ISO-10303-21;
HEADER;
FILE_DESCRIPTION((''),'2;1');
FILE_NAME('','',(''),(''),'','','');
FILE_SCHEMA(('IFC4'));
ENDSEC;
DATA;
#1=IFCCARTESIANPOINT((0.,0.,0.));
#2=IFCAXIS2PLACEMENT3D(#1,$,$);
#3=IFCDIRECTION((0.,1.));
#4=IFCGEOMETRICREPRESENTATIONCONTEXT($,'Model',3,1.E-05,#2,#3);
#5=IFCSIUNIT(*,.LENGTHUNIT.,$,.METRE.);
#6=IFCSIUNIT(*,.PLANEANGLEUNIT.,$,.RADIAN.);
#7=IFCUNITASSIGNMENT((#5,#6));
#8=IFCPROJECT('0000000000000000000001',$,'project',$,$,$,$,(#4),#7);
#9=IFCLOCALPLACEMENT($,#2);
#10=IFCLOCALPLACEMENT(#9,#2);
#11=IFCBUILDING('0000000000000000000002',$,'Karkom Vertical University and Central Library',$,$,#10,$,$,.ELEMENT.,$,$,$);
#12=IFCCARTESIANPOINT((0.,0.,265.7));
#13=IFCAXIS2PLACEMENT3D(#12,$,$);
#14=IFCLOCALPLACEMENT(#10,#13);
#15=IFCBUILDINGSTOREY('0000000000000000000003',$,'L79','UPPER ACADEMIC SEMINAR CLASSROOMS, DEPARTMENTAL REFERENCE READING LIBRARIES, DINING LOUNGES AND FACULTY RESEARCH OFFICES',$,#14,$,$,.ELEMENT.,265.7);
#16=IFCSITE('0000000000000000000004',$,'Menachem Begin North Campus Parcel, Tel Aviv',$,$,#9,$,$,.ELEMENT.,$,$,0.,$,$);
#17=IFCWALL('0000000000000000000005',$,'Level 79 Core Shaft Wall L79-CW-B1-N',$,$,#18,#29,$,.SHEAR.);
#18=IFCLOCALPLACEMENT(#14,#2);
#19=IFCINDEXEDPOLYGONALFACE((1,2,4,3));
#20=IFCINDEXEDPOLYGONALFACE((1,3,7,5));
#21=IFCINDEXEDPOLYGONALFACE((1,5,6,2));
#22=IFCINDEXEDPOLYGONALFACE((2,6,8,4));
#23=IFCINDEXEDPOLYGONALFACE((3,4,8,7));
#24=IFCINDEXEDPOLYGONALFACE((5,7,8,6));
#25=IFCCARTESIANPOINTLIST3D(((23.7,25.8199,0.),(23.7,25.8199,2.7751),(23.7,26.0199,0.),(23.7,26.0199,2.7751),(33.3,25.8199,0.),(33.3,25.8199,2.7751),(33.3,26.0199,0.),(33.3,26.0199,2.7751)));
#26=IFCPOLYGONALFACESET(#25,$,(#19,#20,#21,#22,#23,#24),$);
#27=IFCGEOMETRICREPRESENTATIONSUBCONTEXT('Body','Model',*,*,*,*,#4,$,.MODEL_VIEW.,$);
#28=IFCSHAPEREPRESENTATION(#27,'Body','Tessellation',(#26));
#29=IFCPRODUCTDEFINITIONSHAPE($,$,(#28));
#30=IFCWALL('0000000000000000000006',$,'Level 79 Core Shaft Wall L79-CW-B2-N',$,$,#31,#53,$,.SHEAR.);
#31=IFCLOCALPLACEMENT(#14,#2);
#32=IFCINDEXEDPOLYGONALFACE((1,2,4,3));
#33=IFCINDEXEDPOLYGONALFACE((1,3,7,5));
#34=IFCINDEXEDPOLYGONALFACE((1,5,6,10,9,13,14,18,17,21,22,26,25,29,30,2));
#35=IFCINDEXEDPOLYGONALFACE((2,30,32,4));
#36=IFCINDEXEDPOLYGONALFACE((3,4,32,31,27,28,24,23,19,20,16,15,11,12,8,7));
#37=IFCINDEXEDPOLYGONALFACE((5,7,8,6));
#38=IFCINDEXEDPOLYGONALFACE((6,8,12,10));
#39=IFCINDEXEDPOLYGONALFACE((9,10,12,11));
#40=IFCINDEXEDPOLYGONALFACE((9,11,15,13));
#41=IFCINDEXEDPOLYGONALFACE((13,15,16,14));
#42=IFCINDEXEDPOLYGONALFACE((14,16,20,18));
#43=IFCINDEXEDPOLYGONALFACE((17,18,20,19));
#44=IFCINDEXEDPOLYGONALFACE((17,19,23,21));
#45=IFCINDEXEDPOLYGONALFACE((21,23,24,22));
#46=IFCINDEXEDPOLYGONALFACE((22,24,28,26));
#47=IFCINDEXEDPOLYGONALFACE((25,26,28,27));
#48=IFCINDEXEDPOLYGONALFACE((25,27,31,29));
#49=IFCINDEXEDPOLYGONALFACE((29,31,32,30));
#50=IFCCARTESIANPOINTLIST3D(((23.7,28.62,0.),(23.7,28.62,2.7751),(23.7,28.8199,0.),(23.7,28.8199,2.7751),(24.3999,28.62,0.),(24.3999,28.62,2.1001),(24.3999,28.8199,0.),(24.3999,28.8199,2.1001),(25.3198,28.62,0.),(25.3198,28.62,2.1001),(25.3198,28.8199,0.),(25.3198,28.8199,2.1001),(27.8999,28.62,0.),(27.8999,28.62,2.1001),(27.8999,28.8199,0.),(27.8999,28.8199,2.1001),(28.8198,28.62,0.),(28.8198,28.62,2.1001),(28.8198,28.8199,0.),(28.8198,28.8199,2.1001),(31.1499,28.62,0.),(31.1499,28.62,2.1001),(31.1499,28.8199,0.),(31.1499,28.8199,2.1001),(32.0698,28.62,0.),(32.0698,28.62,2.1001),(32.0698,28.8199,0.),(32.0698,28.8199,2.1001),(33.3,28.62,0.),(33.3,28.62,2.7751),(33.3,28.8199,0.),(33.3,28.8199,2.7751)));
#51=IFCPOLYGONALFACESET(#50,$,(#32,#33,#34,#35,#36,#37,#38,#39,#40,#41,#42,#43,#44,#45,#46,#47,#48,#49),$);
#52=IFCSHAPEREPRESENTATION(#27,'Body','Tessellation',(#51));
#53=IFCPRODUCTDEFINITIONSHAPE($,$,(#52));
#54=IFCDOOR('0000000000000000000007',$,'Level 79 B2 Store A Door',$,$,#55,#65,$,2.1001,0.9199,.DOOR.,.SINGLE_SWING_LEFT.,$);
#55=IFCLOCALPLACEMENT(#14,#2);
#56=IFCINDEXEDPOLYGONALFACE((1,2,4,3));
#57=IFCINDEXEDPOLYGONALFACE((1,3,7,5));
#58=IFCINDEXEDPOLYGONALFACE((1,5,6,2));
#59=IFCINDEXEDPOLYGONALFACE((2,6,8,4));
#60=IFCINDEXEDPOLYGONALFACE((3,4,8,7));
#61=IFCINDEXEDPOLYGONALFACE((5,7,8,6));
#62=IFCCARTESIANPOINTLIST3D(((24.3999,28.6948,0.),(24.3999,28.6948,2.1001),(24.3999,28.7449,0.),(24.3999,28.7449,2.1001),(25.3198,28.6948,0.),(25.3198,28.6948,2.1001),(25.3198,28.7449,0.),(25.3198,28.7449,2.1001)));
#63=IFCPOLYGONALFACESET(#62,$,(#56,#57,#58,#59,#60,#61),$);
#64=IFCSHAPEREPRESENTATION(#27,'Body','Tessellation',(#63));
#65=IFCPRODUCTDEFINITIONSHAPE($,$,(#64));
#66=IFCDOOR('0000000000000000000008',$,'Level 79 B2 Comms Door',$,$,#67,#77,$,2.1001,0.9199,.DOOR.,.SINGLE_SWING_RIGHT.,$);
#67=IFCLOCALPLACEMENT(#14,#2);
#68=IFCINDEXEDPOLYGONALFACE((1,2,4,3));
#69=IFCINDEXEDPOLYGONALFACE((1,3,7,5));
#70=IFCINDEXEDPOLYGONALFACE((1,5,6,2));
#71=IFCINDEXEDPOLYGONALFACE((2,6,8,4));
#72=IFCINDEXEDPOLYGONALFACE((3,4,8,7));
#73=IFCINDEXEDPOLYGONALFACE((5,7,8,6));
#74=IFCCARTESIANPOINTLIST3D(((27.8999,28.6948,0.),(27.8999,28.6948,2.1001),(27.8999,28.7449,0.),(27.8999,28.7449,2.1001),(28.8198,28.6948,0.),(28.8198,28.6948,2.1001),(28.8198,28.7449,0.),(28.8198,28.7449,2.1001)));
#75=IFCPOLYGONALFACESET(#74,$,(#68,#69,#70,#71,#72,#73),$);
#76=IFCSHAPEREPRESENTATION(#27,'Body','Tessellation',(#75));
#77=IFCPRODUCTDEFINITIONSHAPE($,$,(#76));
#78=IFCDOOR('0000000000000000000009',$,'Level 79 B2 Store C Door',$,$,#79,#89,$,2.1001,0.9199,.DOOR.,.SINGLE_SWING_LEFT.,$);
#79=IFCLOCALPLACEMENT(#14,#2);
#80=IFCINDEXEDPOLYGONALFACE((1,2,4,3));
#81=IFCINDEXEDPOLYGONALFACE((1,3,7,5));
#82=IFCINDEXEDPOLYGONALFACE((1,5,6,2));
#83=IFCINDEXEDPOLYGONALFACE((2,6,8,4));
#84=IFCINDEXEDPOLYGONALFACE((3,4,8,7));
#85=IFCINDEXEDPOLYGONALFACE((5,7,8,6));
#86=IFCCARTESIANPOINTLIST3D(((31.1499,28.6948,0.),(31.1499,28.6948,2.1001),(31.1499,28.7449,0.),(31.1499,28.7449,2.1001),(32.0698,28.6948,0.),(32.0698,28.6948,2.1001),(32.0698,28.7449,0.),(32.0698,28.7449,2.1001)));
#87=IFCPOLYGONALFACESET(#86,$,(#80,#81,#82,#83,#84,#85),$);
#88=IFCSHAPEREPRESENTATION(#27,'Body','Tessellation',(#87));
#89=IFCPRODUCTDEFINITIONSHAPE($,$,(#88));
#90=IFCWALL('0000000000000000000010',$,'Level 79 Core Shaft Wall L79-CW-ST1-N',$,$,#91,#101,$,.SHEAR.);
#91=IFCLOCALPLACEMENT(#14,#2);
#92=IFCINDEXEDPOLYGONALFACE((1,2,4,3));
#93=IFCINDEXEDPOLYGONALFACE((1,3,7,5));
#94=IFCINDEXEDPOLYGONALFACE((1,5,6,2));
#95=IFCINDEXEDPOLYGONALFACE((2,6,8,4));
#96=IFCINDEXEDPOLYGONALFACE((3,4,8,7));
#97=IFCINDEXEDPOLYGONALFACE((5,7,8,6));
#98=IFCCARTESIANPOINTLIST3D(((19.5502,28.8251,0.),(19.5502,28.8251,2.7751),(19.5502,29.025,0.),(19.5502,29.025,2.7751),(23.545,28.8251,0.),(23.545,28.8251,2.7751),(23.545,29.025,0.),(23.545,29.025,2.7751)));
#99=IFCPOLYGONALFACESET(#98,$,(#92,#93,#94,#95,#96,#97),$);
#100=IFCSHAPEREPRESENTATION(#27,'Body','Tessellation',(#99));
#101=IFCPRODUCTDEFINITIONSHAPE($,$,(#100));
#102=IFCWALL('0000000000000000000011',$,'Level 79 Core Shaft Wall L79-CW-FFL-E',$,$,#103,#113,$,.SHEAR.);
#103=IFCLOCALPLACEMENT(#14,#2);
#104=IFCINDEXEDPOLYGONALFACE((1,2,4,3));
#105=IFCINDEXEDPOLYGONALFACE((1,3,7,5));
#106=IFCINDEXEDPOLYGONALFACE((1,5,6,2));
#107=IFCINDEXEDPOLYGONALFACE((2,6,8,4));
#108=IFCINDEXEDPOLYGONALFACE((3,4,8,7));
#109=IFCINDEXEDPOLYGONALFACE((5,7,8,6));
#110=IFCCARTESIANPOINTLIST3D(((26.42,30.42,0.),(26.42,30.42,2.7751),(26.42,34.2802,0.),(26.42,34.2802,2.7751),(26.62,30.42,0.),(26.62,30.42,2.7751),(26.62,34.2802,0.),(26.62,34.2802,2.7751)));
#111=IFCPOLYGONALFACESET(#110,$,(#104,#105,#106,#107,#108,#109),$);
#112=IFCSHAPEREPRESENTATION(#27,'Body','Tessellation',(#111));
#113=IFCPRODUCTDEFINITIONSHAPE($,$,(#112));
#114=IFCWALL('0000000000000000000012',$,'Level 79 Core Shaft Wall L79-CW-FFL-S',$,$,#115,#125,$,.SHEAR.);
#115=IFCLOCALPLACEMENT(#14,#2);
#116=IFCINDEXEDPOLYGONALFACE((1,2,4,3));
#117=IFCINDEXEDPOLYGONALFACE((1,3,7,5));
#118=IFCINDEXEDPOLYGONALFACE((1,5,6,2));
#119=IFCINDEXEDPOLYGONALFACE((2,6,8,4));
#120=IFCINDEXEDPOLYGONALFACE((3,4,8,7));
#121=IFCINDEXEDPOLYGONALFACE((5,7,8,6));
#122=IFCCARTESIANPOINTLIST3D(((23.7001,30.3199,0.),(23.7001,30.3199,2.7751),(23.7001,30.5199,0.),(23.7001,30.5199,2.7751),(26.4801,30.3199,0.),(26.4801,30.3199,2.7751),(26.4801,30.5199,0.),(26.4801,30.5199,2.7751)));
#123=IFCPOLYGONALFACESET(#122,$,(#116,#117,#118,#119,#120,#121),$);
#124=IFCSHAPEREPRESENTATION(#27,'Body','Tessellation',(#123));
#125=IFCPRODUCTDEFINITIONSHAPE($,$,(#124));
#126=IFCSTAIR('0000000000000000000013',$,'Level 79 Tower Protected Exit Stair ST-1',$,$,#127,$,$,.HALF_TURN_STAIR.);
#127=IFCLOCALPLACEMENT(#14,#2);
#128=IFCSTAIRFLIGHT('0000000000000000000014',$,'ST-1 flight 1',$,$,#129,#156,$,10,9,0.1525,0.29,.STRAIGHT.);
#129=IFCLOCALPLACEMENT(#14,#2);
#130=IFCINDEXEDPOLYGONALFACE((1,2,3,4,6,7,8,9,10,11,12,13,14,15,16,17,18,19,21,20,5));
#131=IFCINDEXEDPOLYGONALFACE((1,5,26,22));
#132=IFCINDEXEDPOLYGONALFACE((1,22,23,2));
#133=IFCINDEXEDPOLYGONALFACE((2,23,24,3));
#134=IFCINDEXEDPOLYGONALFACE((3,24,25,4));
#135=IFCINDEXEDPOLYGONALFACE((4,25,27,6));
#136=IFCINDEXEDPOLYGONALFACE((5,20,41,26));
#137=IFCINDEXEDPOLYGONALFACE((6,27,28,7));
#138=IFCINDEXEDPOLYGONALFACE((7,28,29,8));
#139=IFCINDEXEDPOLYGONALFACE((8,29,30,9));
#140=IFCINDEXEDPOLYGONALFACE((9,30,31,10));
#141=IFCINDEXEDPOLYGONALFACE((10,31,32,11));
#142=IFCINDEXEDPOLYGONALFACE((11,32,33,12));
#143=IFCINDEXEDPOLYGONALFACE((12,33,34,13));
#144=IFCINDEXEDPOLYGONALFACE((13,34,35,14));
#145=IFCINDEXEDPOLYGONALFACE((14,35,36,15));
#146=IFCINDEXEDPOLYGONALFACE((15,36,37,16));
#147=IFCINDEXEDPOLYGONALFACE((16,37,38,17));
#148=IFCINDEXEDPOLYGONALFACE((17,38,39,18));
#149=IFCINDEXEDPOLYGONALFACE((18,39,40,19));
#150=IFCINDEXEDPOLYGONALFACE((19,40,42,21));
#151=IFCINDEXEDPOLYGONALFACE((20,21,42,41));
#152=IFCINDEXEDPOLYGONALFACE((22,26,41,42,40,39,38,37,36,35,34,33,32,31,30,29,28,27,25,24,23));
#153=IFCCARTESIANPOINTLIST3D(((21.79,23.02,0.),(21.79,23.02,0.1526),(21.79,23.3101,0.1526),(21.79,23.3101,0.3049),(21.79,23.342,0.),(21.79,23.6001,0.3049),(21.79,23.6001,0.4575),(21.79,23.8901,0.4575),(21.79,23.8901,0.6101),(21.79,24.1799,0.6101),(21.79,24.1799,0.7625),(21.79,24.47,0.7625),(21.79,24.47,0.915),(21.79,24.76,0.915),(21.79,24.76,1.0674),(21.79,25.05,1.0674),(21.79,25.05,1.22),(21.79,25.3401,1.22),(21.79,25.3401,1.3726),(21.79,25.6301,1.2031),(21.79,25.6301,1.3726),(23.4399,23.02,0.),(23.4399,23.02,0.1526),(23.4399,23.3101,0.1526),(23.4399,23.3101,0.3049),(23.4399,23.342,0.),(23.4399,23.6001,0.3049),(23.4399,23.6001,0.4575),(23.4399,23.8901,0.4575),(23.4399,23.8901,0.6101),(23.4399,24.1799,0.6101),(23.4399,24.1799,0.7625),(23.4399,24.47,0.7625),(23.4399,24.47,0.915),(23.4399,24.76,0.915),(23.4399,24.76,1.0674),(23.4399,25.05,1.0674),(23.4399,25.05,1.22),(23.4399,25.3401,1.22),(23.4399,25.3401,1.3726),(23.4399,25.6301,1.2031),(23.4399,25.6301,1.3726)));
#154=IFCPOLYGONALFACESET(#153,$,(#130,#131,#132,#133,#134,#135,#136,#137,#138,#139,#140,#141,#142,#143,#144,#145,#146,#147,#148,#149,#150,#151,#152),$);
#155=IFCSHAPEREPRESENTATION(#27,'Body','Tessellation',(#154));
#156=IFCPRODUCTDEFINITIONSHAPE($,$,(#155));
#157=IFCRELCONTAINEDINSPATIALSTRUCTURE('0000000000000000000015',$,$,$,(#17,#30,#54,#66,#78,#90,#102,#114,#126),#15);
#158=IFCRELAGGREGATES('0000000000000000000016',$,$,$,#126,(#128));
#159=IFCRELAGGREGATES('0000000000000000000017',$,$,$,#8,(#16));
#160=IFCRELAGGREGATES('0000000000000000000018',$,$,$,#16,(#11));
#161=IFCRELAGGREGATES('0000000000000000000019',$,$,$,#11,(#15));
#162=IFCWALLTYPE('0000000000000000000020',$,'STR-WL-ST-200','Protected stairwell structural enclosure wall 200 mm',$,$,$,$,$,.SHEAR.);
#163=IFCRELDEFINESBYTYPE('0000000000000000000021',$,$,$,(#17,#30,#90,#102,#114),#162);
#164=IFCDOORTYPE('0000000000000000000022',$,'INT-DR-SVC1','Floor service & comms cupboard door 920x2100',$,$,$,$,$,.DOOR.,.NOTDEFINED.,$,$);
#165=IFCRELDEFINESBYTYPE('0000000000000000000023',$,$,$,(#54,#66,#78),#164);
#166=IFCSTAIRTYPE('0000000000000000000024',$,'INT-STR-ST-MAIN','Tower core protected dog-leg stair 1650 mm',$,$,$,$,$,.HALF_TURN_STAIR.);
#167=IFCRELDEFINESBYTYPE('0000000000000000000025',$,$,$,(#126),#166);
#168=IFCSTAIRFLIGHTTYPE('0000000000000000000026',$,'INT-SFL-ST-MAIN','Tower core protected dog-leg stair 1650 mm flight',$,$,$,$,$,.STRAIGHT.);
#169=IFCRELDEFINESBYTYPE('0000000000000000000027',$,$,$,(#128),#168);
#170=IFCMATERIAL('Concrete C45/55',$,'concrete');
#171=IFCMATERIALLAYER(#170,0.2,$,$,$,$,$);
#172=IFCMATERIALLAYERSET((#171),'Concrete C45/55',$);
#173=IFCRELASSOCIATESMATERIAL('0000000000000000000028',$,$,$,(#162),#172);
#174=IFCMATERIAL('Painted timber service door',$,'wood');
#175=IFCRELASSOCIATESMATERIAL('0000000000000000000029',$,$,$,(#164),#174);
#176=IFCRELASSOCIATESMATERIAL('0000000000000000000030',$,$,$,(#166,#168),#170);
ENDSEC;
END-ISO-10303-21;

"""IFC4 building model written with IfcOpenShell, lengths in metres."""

from ifc_helpers import new_model, si_unit, direction, frame, frame_2d, origin, origin_with_axes, place, context, subcontext, project, spatial, polyline, rectangle, outline, extrude, source, transform, mapped, material, layer, layer_set, type_object, element, fill, aggregate, save


model = new_model("IFC4")

# Units and contexts
model_context = context("Model", 3, precision=1e-05, world=origin(), true_north=direction((0.0, 1.0)))
body_context = subcontext(model_context, "Body", "Model", "MODEL_VIEW")
ifc_project = project(units=[si_unit("LENGTHUNIT", "METRE"), si_unit("PLANEANGLEUNIT", "RADIAN")], contexts=[model_context])

# Site, building, storey
site_placement = place(None, origin())
site = spatial("IfcSite", under=ifc_project, at=site_placement, Name="Menachem Begin North Campus Parcel, Tel Aviv", CompositionType="ELEMENT", RefElevation=0.0)
building_placement = place(site_placement, origin())
building = spatial("IfcBuilding", under=site, at=building_placement, Name="Karkom Vertical University and Central Library", CompositionType="ELEMENT")
storey_placement = place(building_placement, frame((0.0, 0.0, 265.7)))
storey = spatial("IfcBuildingStorey", under=building, at=storey_placement, Name="L79", Description="UPPER ACADEMIC SEMINAR CLASSROOMS, DEPARTMENTAL REFERENCE READING LIBRARIES, DINING LOUNGES AND FACULTY RESEARCH OFFICES", CompositionType="ELEMENT", Elevation=265.7)

# Shared definitions
ifc_material_1 = material(Name="Concrete C45/55", Category="concrete")
ifc_layer_1 = layer(ifc_material_1, 0.2)
ifc_layer_set_1 = layer_set([ifc_layer_1], Name="Concrete C45/55")
wall_type_1 = type_object("IfcWallType", Name="STR-WL-ST-200", Description="Protected stairwell structural enclosure wall 200 mm", PredefinedType="SHEAR", material=ifc_layer_set_1)
ifc_material_2 = material(Name="Painted timber service door", Category="wood")
door_type = type_object("IfcDoorType", Name="INT-DR-SVC1", Description="Floor service & comms cupboard door 920x2100", OperationType="NOTDEFINED", PredefinedType="DOOR", material=ifc_material_2)
shared_shape_1 = source(origin_with_axes(), body_context, "Body", "SweptSolid", [
    extrude(rectangle(XDim=0.9199, YDim=2.1001, at=frame_2d((0.46, 1.05))), frame((0.0, 0.0249, 0.0), z_axis=(0.0, -1.0, 0.0), x_axis=(1.0, 0.0, 0.0)), (0.0, 0.0, 1.0), 0.05),
])

# Wall
wall_1_placement = place(storey_placement, frame((23.7, 25.9199, 0.0), z_axis=(0.0, 0.0, 1.0), x_axis=(1.0, 0.0, 0.0)))
element("IfcWall", 1, at=wall_1_placement, inside=storey, type_object=wall_type_1, Name="Level 79 Core Shaft Wall L79-CW-B1-N", PredefinedType="SHEAR", context=body_context, shape_type="SweptSolid", body=[
    extrude(rectangle(XDim=9.6001, YDim=0.2, at=frame_2d((4.8, 0.0))), origin(), (0.0, 0.0, 1.0), 2.7751),
])

# Wall, openings, doors
wall_2_placement = place(storey_placement, frame((23.7, 28.72, 0.0), z_axis=(0.0, 0.0, 1.0), x_axis=(1.0, 0.0, 0.0)))
wall_2 = element("IfcWall", 2, at=wall_2_placement, inside=storey, type_object=wall_type_1, Name="Level 79 Core Shaft Wall L79-CW-B2-N", PredefinedType="SHEAR", context=body_context, shape_type="SweptSolid", body=[
    extrude(rectangle(XDim=9.6001, YDim=0.2, at=frame_2d((4.8, 0.0))), origin(), (0.0, 0.0, 1.0), 2.7751),
])
opening_1_placement = place(wall_2_placement, frame((0.7, 0.0, 0.0)))
opening_1 = element("IfcOpeningElement", 3, at=opening_1_placement, cuts=wall_2, PredefinedType="OPENING", context=body_context, shape_type="SweptSolid", body=[
    extrude(rectangle(XDim=0.9199, YDim=2.1001, at=frame_2d((0.46, 1.05))), frame((0.0, 0.1099, 0.0), z_axis=(0.0, -1.0, 0.0), x_axis=(1.0, 0.0, 0.0)), (0.0, 0.0, 1.0), 0.22),
])
opening_2_placement = place(wall_2_placement, frame((4.2, 0.0, 0.0)))
opening_2 = element("IfcOpeningElement", 4, at=opening_2_placement, cuts=wall_2, PredefinedType="OPENING", context=body_context, shape_type="SweptSolid", body=[
    extrude(rectangle(XDim=0.9199, YDim=2.1001, at=frame_2d((0.46, 1.05))), frame((0.0, 0.1099, 0.0), z_axis=(0.0, -1.0, 0.0), x_axis=(1.0, 0.0, 0.0)), (0.0, 0.0, 1.0), 0.22),
])
opening_3_placement = place(wall_2_placement, frame((7.45, 0.0, 0.0)))
opening_3 = element("IfcOpeningElement", 5, at=opening_3_placement, cuts=wall_2, PredefinedType="OPENING", context=body_context, shape_type="SweptSolid", body=[
    extrude(rectangle(XDim=0.9199, YDim=2.1001, at=frame_2d((0.46, 1.05))), frame((0.0, 0.1099, 0.0), z_axis=(0.0, -1.0, 0.0), x_axis=(1.0, 0.0, 0.0)), (0.0, 0.0, 1.0), 0.22),
])
door_1_placement = place(opening_1_placement, origin())
door_1 = element("IfcDoor", 6, at=door_1_placement, inside=storey, type_object=door_type, Name="Level 79 B2 Store A Door", OperationType="SINGLE_SWING_LEFT", OverallHeight=2.1001, OverallWidth=0.9199, PredefinedType="DOOR", context=body_context, shape_type="MappedRepresentation", body=[
    mapped(shared_shape_1, transform((0.0, 0.0, 0.0), scale=1.0)),
])
fill(opening_1, door_1)
door_2_placement = place(opening_2_placement, origin())
door_2 = element("IfcDoor", 7, at=door_2_placement, inside=storey, type_object=door_type, Name="Level 79 B2 Comms Door", OperationType="SINGLE_SWING_RIGHT", OverallHeight=2.1001, OverallWidth=0.9199, PredefinedType="DOOR", context=body_context, shape_type="MappedRepresentation", body=[
    mapped(shared_shape_1, transform((0.0, 0.0, 0.0), scale=1.0)),
])
fill(opening_2, door_2)
door_3_placement = place(opening_3_placement, origin())
door_3 = element("IfcDoor", 8, at=door_3_placement, inside=storey, type_object=door_type, Name="Level 79 B2 Store C Door", OperationType="SINGLE_SWING_LEFT", OverallHeight=2.1001, OverallWidth=0.9199, PredefinedType="DOOR", context=body_context, shape_type="MappedRepresentation", body=[
    mapped(shared_shape_1, transform((0.0, 0.0, 0.0), scale=1.0)),
])
fill(opening_3, door_3)

# Walls
wall_3_placement = place(storey_placement, frame((19.55, 28.925, 0.0), z_axis=(0.0, 0.0, 1.0), x_axis=(1.0, 0.0, 0.0)))
element("IfcWall", 9, at=wall_3_placement, inside=storey, type_object=wall_type_1, Name="Level 79 Core Shaft Wall L79-CW-ST1-N", PredefinedType="SHEAR", context=body_context, shape_type="SweptSolid", body=[
    extrude(rectangle(XDim=3.9949, YDim=0.2, at=frame_2d((1.9976, 0.0))), origin(), (0.0, 0.0, 1.0), 2.7751),
])
wall_4_placement = place(storey_placement, frame((26.52, 30.4199, 0.0), z_axis=(0.0, 0.0, 1.0), x_axis=(0.0, 1.0, 0.0)))
element("IfcWall", 10, at=wall_4_placement, inside=storey, type_object=wall_type_1, Name="Level 79 Core Shaft Wall L79-CW-FFL-E", PredefinedType="SHEAR", context=body_context, shape_type="SweptSolid", body=[
    extrude(rectangle(XDim=3.8601, YDim=0.2, at=frame_2d((1.9302, 0.0))), origin(), (0.0, 0.0, 1.0), 2.7751),
])
wall_5_placement = place(storey_placement, frame((23.7, 30.4199, 0.0), z_axis=(0.0, 0.0, 1.0), x_axis=(1.0, 0.0, 0.0)))
element("IfcWall", 11, at=wall_5_placement, inside=storey, type_object=wall_type_1, Name="Level 79 Core Shaft Wall L79-CW-FFL-S", PredefinedType="SHEAR", context=body_context, shape_type="SweptSolid", body=[
    extrude(rectangle(XDim=2.78, YDim=0.2, at=frame_2d((1.3901, 0.0))), origin(), (0.0, 0.0, 1.0), 2.7751),
])

# Stair, stair flight
stair_type = type_object("IfcStairType", Name="INT-STR-ST-MAIN", Description="Tower core protected dog-leg stair 1650 mm", PredefinedType="HALF_TURN_STAIR", material=ifc_material_1)
stair_placement = place(storey_placement, origin())
stair = element("IfcStair", 12, at=stair_placement, inside=storey, type_object=stair_type, Name="Level 79 Tower Protected Exit Stair ST-1", PredefinedType="HALF_TURN_STAIR")
stair_flight_type = type_object("IfcStairFlightType", Name="INT-SFL-ST-MAIN", Description="Tower core protected dog-leg stair 1650 mm flight", PredefinedType="STRAIGHT", material=ifc_material_1)
stair_flight_1_placement = place(storey_placement, frame((22.615, 23.02, 0.0), z_axis=(0.0, 0.0, 1.0), x_axis=(0.0, 1.0, 0.0)))
stair_flight_1 = element("IfcStairFlight", 13, at=stair_flight_1_placement, type_object=stair_flight_type, Name="ST-1 flight 1", NumberOfRisers=10, NumberOfTreads=9, PredefinedType="STRAIGHT", RiserHeight=0.1525, TreadLength=0.29, context=body_context, shape_type="SweptSolid", body=[
    extrude(outline(polyline([(0.0, 0.0), (0.0, 0.1526), (0.29, 0.1526), (0.29, 0.3049), (0.5801, 0.3049), (0.5801, 0.4575), (0.8701, 0.4575), (0.8701, 0.6101), (1.1599, 0.6101), (1.1599, 0.7625), (1.45, 0.7625), (1.45, 0.915), (1.74, 0.915), (1.74, 1.0674), (2.03, 1.0674), (2.03, 1.22), (2.3201, 1.22), (2.3201, 1.3726), (2.6101, 1.3726), (2.6101, 1.5249), (2.6101, 1.2031), (0.322, 0.0), (0.0, 0.0)])), frame((0.0, 0.825, 0.0), z_axis=(0.0, -1.0, 0.0), x_axis=(1.0, 0.0, 0.0)), (0.0, 0.0, 1.0), 1.6499),
])
aggregate(stair, [stair_flight_1])

save(model, "model.ifc")
